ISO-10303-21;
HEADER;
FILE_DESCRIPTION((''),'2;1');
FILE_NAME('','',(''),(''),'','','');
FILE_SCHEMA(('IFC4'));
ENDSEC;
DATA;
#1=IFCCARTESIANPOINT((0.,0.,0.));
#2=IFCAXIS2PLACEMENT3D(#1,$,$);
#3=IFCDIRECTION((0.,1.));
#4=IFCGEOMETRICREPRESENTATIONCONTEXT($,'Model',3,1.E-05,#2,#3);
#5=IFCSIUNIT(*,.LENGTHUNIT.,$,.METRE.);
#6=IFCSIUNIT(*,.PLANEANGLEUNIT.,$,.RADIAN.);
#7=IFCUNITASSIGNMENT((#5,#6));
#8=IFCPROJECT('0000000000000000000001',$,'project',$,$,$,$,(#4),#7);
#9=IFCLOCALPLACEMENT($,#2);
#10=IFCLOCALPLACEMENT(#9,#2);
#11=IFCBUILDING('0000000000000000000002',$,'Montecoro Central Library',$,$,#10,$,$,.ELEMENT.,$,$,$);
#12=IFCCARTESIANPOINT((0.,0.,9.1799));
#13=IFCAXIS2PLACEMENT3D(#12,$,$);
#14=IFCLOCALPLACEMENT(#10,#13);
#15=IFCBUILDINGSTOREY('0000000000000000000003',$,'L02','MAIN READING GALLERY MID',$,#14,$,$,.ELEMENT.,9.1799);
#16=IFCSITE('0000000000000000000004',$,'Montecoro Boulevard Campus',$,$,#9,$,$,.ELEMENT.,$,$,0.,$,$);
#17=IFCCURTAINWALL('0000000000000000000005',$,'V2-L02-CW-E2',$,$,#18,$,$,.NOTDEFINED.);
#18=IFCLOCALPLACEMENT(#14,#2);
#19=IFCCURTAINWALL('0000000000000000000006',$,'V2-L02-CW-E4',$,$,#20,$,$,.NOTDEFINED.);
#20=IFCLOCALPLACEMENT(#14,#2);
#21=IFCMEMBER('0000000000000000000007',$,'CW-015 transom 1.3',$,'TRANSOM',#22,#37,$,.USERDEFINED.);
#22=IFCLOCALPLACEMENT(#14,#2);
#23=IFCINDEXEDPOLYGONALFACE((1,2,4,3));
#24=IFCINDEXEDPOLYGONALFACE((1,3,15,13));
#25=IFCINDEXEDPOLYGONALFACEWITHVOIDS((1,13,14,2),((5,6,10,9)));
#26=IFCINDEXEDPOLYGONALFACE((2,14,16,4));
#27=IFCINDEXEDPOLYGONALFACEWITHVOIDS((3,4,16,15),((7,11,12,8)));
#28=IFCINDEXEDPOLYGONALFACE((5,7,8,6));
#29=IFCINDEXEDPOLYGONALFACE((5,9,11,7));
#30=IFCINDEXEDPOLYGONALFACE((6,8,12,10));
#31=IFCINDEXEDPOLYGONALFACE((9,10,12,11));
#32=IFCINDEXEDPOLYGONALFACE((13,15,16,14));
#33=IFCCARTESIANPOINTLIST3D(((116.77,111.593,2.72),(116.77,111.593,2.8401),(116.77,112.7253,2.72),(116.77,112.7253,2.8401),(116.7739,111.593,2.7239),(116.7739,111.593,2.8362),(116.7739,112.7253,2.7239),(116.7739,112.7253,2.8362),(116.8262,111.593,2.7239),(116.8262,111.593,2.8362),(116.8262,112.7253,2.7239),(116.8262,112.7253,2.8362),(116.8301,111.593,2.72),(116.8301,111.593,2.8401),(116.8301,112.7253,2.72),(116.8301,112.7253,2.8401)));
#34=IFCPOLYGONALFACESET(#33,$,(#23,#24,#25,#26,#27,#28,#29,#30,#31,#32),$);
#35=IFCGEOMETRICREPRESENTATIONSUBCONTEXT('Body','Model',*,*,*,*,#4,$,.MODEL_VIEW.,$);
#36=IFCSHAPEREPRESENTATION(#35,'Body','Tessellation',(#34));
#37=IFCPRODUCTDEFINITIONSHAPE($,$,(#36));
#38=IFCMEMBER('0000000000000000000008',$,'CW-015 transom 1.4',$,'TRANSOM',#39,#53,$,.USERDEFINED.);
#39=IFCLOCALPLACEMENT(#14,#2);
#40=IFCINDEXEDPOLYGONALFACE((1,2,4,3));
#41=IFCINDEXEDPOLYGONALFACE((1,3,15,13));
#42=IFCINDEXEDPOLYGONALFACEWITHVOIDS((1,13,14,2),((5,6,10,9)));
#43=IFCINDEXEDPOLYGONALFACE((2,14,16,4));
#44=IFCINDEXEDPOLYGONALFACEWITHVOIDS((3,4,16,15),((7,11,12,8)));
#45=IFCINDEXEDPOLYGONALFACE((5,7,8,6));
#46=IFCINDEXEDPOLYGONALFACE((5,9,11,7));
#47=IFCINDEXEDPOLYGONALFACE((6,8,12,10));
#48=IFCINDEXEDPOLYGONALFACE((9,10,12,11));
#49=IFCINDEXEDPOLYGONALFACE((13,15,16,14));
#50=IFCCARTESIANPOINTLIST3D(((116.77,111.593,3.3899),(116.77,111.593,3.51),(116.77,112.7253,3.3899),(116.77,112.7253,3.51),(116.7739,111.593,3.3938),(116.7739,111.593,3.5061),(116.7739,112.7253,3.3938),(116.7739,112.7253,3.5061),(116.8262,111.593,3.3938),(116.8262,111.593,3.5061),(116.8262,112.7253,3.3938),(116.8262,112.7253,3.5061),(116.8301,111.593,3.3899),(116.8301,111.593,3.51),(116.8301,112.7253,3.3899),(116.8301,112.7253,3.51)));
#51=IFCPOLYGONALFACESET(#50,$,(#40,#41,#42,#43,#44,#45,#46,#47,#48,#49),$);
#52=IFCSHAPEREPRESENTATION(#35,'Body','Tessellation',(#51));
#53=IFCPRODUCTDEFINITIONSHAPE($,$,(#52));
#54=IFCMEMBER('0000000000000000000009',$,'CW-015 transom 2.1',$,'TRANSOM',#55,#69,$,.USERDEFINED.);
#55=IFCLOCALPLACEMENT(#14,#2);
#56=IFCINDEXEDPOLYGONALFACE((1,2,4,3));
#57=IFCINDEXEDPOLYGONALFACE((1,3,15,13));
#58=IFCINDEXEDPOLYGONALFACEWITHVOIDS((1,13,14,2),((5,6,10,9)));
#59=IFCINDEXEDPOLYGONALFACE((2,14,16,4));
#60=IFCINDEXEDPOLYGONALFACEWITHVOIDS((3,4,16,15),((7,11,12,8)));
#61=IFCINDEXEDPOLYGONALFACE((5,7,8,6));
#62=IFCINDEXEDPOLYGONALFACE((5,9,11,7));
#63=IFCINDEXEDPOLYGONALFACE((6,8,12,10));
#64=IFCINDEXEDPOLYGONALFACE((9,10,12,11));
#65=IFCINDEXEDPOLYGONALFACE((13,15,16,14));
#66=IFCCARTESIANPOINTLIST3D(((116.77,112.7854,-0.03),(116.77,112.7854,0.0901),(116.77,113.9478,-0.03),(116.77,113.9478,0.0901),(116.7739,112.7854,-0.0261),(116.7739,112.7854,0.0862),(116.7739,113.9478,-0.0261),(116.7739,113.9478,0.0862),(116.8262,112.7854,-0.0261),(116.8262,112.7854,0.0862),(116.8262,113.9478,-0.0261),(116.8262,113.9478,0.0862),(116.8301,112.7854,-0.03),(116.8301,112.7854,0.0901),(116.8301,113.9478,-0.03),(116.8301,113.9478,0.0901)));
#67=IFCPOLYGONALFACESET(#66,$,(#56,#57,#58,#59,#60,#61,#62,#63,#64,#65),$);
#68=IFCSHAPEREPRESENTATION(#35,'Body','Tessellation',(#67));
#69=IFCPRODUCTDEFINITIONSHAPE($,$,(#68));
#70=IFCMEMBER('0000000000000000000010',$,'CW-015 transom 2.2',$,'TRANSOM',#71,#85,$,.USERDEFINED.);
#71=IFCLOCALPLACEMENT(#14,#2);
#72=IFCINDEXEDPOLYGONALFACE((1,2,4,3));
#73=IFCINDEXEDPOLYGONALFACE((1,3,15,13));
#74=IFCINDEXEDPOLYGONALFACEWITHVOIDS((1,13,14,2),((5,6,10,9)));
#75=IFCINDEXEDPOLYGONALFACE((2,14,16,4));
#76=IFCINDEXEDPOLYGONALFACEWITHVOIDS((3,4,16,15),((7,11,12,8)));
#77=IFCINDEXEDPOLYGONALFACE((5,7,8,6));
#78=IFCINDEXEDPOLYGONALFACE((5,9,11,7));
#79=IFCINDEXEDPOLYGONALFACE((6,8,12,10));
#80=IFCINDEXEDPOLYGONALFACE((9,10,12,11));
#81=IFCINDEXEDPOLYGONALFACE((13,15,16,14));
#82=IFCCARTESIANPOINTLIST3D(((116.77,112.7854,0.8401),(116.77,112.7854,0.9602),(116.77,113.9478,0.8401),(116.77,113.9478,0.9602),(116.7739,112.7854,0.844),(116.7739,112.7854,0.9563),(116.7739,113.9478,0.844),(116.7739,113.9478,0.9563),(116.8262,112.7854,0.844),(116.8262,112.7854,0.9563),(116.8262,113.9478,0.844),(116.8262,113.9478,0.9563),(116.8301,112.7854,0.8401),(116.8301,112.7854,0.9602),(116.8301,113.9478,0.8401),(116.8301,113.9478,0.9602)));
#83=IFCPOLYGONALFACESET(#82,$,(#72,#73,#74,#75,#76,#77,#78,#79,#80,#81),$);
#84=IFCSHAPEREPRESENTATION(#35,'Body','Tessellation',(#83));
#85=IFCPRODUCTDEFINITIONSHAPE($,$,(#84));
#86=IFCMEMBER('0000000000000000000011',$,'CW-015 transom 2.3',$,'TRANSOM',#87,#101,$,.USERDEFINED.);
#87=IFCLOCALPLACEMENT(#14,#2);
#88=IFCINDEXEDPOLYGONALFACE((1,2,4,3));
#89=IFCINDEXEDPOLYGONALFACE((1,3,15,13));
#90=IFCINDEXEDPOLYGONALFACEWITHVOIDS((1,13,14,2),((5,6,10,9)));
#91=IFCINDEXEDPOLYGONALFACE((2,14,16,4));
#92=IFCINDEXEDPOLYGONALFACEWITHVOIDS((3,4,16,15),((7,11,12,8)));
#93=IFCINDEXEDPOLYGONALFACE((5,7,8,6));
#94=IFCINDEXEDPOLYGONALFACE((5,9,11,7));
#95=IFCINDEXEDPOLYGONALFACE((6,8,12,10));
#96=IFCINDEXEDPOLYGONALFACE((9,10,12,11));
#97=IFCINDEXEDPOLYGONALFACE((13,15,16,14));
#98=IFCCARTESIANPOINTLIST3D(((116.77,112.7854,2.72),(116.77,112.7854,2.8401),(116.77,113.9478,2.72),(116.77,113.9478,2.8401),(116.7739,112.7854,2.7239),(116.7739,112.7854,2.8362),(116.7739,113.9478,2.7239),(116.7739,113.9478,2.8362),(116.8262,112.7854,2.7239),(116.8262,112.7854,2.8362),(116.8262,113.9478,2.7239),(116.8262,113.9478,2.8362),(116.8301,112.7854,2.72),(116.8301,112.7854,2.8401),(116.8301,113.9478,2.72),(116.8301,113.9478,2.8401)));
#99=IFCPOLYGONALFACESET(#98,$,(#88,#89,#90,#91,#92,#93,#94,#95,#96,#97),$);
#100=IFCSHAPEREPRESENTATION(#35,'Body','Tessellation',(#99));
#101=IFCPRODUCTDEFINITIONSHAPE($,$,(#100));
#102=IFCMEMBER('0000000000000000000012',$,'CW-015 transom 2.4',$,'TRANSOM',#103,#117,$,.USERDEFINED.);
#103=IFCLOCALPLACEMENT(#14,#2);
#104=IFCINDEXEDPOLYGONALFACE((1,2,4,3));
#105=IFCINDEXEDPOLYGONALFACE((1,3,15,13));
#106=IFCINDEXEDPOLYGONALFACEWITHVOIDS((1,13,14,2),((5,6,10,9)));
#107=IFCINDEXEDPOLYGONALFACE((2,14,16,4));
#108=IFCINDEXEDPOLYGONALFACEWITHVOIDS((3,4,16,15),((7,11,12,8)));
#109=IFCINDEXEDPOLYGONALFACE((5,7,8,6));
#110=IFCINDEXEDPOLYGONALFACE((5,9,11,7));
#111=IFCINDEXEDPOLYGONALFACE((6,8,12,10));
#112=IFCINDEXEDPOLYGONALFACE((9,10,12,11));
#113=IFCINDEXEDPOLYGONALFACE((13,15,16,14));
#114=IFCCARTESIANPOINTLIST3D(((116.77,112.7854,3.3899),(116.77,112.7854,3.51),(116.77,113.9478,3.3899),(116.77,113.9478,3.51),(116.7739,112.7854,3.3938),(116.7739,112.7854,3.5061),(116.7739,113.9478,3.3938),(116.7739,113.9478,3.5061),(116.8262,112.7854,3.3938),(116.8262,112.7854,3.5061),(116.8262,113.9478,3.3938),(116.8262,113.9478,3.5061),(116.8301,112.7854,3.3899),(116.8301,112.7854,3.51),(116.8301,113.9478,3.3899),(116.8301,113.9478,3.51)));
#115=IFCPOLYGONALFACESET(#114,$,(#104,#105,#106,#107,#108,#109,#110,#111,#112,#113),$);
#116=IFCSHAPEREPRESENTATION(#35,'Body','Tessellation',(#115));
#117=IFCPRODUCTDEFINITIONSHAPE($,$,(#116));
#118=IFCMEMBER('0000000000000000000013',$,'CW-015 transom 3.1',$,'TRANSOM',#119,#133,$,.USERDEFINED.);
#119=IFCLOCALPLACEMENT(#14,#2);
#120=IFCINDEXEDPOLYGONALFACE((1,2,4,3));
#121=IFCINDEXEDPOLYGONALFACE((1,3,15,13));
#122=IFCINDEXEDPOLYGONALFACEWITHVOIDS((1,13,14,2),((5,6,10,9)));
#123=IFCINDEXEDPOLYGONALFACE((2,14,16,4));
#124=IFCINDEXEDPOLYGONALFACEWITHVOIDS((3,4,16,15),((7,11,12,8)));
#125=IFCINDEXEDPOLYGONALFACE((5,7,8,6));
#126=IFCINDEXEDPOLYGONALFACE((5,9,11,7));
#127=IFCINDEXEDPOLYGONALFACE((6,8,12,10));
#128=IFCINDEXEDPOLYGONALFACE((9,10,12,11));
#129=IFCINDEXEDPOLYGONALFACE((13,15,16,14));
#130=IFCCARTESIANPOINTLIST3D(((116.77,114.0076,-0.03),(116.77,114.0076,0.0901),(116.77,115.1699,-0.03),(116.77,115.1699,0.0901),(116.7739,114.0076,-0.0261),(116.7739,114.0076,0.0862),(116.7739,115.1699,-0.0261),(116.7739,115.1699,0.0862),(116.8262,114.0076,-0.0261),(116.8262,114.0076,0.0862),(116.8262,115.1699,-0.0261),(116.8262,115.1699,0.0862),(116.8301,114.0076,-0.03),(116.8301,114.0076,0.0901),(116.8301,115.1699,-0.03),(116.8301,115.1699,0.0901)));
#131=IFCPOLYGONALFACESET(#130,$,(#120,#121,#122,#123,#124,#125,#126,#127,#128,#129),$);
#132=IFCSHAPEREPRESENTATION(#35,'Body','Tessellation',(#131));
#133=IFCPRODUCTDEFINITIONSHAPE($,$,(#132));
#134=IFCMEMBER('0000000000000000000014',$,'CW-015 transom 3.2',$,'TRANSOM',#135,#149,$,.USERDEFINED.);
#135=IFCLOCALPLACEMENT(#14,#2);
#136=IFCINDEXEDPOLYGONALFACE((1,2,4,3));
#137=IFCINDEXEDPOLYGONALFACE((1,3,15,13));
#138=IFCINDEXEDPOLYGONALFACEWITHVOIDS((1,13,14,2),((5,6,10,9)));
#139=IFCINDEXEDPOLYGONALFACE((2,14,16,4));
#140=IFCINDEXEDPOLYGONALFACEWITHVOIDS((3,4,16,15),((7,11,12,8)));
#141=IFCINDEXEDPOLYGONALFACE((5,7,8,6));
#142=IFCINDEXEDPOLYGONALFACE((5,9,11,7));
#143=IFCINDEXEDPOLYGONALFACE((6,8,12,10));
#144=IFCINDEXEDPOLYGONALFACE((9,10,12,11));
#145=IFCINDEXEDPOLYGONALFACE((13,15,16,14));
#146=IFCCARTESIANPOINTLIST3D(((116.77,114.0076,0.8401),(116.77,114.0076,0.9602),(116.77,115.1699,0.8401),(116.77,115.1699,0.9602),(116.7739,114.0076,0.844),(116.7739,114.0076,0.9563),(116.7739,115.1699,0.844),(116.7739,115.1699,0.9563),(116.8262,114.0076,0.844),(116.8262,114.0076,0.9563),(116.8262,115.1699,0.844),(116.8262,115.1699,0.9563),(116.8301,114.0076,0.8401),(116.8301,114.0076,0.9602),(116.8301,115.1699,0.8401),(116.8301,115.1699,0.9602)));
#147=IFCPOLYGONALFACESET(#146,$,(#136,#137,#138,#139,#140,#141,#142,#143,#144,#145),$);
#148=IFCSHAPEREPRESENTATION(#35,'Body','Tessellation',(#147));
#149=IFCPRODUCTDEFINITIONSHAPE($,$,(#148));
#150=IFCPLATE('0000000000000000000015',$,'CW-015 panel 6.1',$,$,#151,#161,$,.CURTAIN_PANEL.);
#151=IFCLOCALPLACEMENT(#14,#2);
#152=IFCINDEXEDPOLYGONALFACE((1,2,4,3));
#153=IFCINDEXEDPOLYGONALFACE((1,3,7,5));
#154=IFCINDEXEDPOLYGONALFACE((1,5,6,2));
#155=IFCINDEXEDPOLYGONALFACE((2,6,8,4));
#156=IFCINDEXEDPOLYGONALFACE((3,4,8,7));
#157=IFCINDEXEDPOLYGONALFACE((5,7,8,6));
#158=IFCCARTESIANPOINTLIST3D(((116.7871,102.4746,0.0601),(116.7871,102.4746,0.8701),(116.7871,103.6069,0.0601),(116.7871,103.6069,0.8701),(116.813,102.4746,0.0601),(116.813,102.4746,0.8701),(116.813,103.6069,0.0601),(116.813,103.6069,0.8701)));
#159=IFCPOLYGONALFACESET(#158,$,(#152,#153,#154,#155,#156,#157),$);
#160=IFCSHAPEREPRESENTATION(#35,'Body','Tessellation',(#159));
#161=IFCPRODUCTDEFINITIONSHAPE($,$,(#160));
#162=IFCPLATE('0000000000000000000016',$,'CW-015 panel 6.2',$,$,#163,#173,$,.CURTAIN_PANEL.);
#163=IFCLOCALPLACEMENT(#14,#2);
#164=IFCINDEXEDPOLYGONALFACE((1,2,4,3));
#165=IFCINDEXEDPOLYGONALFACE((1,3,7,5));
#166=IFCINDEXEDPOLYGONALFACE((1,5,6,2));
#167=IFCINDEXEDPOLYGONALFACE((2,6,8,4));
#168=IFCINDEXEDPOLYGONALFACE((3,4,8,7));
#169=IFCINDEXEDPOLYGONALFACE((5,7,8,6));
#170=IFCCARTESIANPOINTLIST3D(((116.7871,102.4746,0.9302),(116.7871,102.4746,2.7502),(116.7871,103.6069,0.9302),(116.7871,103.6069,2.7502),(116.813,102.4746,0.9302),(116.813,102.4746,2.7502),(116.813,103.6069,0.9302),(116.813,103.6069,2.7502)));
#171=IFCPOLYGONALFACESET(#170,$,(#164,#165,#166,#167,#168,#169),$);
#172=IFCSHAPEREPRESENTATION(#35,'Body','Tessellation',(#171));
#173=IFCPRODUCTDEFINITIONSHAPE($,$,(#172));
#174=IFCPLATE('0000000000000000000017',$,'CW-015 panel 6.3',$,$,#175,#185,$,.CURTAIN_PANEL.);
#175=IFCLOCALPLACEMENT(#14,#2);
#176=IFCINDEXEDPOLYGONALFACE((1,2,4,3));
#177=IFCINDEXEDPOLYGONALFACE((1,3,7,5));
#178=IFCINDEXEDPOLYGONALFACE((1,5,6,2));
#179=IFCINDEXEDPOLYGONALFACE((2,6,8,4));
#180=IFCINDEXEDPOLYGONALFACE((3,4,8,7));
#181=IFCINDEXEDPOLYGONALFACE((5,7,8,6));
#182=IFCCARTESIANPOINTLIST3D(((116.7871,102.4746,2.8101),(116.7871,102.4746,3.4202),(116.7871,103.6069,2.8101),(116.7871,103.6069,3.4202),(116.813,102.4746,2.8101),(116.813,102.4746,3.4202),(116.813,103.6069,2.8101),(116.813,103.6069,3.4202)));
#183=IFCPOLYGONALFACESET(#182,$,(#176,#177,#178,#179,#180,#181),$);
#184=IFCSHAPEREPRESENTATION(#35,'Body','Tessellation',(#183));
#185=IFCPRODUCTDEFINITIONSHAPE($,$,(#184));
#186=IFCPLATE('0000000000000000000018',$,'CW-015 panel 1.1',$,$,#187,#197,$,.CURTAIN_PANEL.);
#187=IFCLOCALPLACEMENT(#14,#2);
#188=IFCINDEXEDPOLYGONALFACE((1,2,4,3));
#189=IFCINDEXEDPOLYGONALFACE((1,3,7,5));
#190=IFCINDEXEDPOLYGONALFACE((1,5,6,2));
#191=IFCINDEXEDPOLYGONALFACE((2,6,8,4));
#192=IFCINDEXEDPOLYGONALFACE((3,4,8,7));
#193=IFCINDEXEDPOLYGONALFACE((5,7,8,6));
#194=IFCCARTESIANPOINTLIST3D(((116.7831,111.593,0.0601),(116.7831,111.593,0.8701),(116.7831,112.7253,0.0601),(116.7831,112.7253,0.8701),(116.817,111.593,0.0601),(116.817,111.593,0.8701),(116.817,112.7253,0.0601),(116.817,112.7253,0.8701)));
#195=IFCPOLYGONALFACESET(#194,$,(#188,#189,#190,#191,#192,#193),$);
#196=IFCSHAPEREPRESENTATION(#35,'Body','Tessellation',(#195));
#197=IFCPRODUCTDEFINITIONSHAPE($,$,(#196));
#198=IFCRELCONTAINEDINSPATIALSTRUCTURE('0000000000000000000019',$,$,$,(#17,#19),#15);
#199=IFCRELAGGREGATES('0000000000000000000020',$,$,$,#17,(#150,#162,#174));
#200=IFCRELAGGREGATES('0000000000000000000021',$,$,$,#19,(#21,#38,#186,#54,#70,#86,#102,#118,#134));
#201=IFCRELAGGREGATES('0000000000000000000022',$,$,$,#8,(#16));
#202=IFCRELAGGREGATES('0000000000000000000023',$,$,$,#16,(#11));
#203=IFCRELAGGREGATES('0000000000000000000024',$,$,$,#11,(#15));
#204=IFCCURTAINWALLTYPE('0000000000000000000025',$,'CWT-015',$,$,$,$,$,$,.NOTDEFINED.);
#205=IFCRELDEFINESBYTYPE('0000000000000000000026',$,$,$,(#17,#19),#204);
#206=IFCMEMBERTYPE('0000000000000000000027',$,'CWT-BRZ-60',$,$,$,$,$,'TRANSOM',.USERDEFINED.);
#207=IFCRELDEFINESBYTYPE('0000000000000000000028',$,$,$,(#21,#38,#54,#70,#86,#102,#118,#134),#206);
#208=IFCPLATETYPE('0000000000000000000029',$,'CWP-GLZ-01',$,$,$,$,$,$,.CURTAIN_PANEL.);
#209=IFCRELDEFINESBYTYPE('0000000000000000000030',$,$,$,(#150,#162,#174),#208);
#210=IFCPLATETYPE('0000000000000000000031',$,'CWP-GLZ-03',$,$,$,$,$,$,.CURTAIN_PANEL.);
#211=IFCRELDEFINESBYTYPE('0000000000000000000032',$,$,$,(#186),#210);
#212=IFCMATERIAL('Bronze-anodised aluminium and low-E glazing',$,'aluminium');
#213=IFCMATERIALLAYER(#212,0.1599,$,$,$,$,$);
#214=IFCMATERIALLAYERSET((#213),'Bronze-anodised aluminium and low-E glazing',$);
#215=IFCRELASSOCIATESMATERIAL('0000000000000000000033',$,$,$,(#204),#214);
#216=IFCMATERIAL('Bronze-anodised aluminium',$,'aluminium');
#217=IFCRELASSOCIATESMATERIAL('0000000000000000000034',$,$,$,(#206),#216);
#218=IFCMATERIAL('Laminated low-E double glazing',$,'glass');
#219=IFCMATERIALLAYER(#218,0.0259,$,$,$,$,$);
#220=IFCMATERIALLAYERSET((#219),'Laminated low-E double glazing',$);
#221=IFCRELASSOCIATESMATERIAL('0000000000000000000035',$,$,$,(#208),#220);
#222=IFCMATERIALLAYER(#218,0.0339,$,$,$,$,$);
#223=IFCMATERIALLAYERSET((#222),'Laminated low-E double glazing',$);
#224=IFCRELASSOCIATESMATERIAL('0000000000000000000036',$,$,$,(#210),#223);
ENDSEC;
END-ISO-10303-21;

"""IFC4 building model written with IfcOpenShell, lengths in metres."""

from ifc_helpers import new_model, si_unit, direction, frame, origin, origin_2d, place, context, subcontext, project, spatial, rectangle, hollow_rectangle, extrude, material, layer, layer_set, material_profile, profile_set, type_object, element, aggregate, save


model = new_model("IFC4")

# Units and contexts
model_context = context("Model", 3, precision=1e-05, world=origin(), true_north=direction((0.0, 1.0)))
body_context = subcontext(model_context, "Body", "Model", "MODEL_VIEW")
ifc_project = project(units=[si_unit("LENGTHUNIT", "METRE"), si_unit("PLANEANGLEUNIT", "RADIAN")], contexts=[model_context])

# Site, building, storey
site_placement = place(None, origin())
site = spatial("IfcSite", under=ifc_project, at=site_placement, Name="Montecoro Boulevard Campus", CompositionType="ELEMENT", RefElevation=0.0)
building_placement = place(site_placement, origin())
building = spatial("IfcBuilding", under=site, at=building_placement, Name="Montecoro Central Library", CompositionType="ELEMENT")
storey_placement = place(building_placement, frame((0.0, 0.0, 9.1799)))
storey = spatial("IfcBuildingStorey", under=building, at=storey_placement, Name="L02", Description="MAIN READING GALLERY MID", CompositionType="ELEMENT", Elevation=9.1799)

# Curtain wall
ifc_material_1 = material(Name="Bronze-anodised aluminium and low-E glazing", Category="aluminium")
ifc_layer_1 = layer(ifc_material_1, 0.1599)
ifc_layer_set_1 = layer_set([ifc_layer_1], Name="Bronze-anodised aluminium and low-E glazing")
curtain_wall_type = type_object("IfcCurtainWallType", Name="CWT-015", PredefinedType="NOTDEFINED", material=ifc_layer_set_1)
curtain_wall_1_placement = place(storey_placement, origin())
curtain_wall_1 = element("IfcCurtainWall", 1, at=curtain_wall_1_placement, inside=storey, type_object=curtain_wall_type, Name="V2-L02-CW-E2", PredefinedType="NOTDEFINED")
ifc_material_2 = material(Name="Bronze-anodised aluminium", Category="aluminium")

# Curtain wall, members
curtain_wall_2_placement = place(storey_placement, origin())
curtain_wall_2 = element("IfcCurtainWall", 2, at=curtain_wall_2_placement, inside=storey, type_object=curtain_wall_type, Name="V2-L02-CW-E4", PredefinedType="NOTDEFINED")
ifc_material_profile_1 = material_profile(ifc_material_2, hollow_rectangle(XDim=0.0601, YDim=0.1201, WallThickness=0.0039, at=origin_2d()), Name="CWT 120x60x4.0")
ifc_profile_set_1 = profile_set([ifc_material_profile_1], Name="Bronze-anodised aluminium")
member_type_1 = type_object("IfcMemberType", Name="CWT-BRZ-60", ElementType="TRANSOM", PredefinedType="USERDEFINED", material=ifc_profile_set_1)
member_1_placement = place(storey_placement, frame((116.8, 111.593, 2.78), z_axis=(0.0, 1.0, 0.0), x_axis=(-1.0, 0.0, 0.0)))
member_1 = element("IfcMember", 3, at=member_1_placement, type_object=member_type_1, Name="CW-015 transom 1.3", ObjectType="TRANSOM", PredefinedType="USERDEFINED", context=body_context, shape_type="SweptSolid", body=[
    extrude(hollow_rectangle(XDim=0.0601, YDim=0.1201, WallThickness=0.0039, at=origin_2d()), origin(), (0.0, 0.0, 1.0), 1.1323),
])
member_2_placement = place(storey_placement, frame((116.8, 111.593, 3.45), z_axis=(0.0, 1.0, 0.0), x_axis=(-1.0, 0.0, 0.0)))
member_2 = element("IfcMember", 4, at=member_2_placement, type_object=member_type_1, Name="CW-015 transom 1.4", ObjectType="TRANSOM", PredefinedType="USERDEFINED", context=body_context, shape_type="SweptSolid", body=[
    extrude(hollow_rectangle(XDim=0.0601, YDim=0.1201, WallThickness=0.0039, at=origin_2d()), origin(), (0.0, 0.0, 1.0), 1.1323),
])
member_3_placement = place(storey_placement, frame((116.8, 112.7854, 0.03), z_axis=(0.0, 1.0, 0.0), x_axis=(-1.0, 0.0, 0.0)))
member_3 = element("IfcMember", 5, at=member_3_placement, type_object=member_type_1, Name="CW-015 transom 2.1", ObjectType="TRANSOM", PredefinedType="USERDEFINED", context=body_context, shape_type="SweptSolid", body=[
    extrude(hollow_rectangle(XDim=0.0601, YDim=0.1201, WallThickness=0.0039, at=origin_2d()), origin(), (0.0, 0.0, 1.0), 1.1624),
])
member_4_placement = place(storey_placement, frame((116.8, 112.7854, 0.9001), z_axis=(0.0, 1.0, 0.0), x_axis=(-1.0, 0.0, 0.0)))
member_4 = element("IfcMember", 6, at=member_4_placement, type_object=member_type_1, Name="CW-015 transom 2.2", ObjectType="TRANSOM", PredefinedType="USERDEFINED", context=body_context, shape_type="SweptSolid", body=[
    extrude(hollow_rectangle(XDim=0.0601, YDim=0.1201, WallThickness=0.0039, at=origin_2d()), origin(), (0.0, 0.0, 1.0), 1.1624),
])
member_5_placement = place(storey_placement, frame((116.8, 112.7854, 2.78), z_axis=(0.0, 1.0, 0.0), x_axis=(-1.0, 0.0, 0.0)))
member_5 = element("IfcMember", 7, at=member_5_placement, type_object=member_type_1, Name="CW-015 transom 2.3", ObjectType="TRANSOM", PredefinedType="USERDEFINED", context=body_context, shape_type="SweptSolid", body=[
    extrude(hollow_rectangle(XDim=0.0601, YDim=0.1201, WallThickness=0.0039, at=origin_2d()), origin(), (0.0, 0.0, 1.0), 1.1624),
])
member_6_placement = place(storey_placement, frame((116.8, 112.7854, 3.45), z_axis=(0.0, 1.0, 0.0), x_axis=(-1.0, 0.0, 0.0)))
member_6 = element("IfcMember", 8, at=member_6_placement, type_object=member_type_1, Name="CW-015 transom 2.4", ObjectType="TRANSOM", PredefinedType="USERDEFINED", context=body_context, shape_type="SweptSolid", body=[
    extrude(hollow_rectangle(XDim=0.0601, YDim=0.1201, WallThickness=0.0039, at=origin_2d()), origin(), (0.0, 0.0, 1.0), 1.1624),
])
member_7_placement = place(storey_placement, frame((116.8, 114.0076, 0.03), z_axis=(0.0, 1.0, 0.0), x_axis=(-1.0, 0.0, 0.0)))
member_7 = element("IfcMember", 9, at=member_7_placement, type_object=member_type_1, Name="CW-015 transom 3.1", ObjectType="TRANSOM", PredefinedType="USERDEFINED", context=body_context, shape_type="SweptSolid", body=[
    extrude(hollow_rectangle(XDim=0.0601, YDim=0.1201, WallThickness=0.0039, at=origin_2d()), origin(), (0.0, 0.0, 1.0), 1.1624),
])
member_8_placement = place(storey_placement, frame((116.8, 114.0076, 0.9001), z_axis=(0.0, 1.0, 0.0), x_axis=(-1.0, 0.0, 0.0)))
member_8 = element("IfcMember", 10, at=member_8_placement, type_object=member_type_1, Name="CW-015 transom 3.2", ObjectType="TRANSOM", PredefinedType="USERDEFINED", context=body_context, shape_type="SweptSolid", body=[
    extrude(hollow_rectangle(XDim=0.0601, YDim=0.1201, WallThickness=0.0039, at=origin_2d()), origin(), (0.0, 0.0, 1.0), 1.1624),
])

# Plates
ifc_material_3 = material(Name="Laminated low-E double glazing", Category="glass")
ifc_layer_2 = layer(ifc_material_3, 0.0259)
ifc_layer_set_2 = layer_set([ifc_layer_2], Name="Laminated low-E double glazing")
plate_type_1 = type_object("IfcPlateType", Name="CWP-GLZ-01", PredefinedType="CURTAIN_PANEL", material=ifc_layer_set_2)
plate_1_placement = place(storey_placement, frame((116.8, 103.0408, 0.0601), z_axis=(0.0, 0.0, 1.0), x_axis=(0.0, 1.0, 0.0)))
plate_1 = element("IfcPlate", 11, at=plate_1_placement, type_object=plate_type_1, Name="CW-015 panel 6.1", PredefinedType="CURTAIN_PANEL", context=body_context, shape_type="SweptSolid", body=[
    extrude(rectangle(XDim=1.1323, YDim=0.0259, at=origin_2d()), origin(), (0.0, 0.0, 1.0), 0.8101),
])
plate_2_placement = place(storey_placement, frame((116.8, 103.0408, 0.9302), z_axis=(0.0, 0.0, 1.0), x_axis=(0.0, 1.0, 0.0)))
plate_2 = element("IfcPlate", 12, at=plate_2_placement, type_object=plate_type_1, Name="CW-015 panel 6.2", PredefinedType="CURTAIN_PANEL", context=body_context, shape_type="SweptSolid", body=[
    extrude(rectangle(XDim=1.1323, YDim=0.0259, at=origin_2d()), origin(), (0.0, 0.0, 1.0), 1.8201),
])
plate_3_placement = place(storey_placement, frame((116.8, 103.0408, 2.8101), z_axis=(0.0, 0.0, 1.0), x_axis=(0.0, 1.0, 0.0)))
plate_3 = element("IfcPlate", 13, at=plate_3_placement, type_object=plate_type_1, Name="CW-015 panel 6.3", PredefinedType="CURTAIN_PANEL", context=body_context, shape_type="SweptSolid", body=[
    extrude(rectangle(XDim=1.1323, YDim=0.0259, at=origin_2d()), origin(), (0.0, 0.0, 1.0), 0.6101),
])
aggregate(curtain_wall_1, [plate_1, plate_2, plate_3])
ifc_layer_3 = layer(ifc_material_3, 0.0339)
ifc_layer_set_3 = layer_set([ifc_layer_3], Name="Laminated low-E double glazing")
plate_type_2 = type_object("IfcPlateType", Name="CWP-GLZ-03", PredefinedType="CURTAIN_PANEL", material=ifc_layer_set_3)
plate_4_placement = place(storey_placement, frame((116.8, 112.1592, 0.0601), z_axis=(0.0, 0.0, 1.0), x_axis=(0.0, 1.0, 0.0)))
plate_4 = element("IfcPlate", 14, at=plate_4_placement, type_object=plate_type_2, Name="CW-015 panel 1.1", PredefinedType="CURTAIN_PANEL", context=body_context, shape_type="SweptSolid", body=[
    extrude(rectangle(XDim=1.1323, YDim=0.0339, at=origin_2d()), origin(), (0.0, 0.0, 1.0), 0.8101),
])
aggregate(curtain_wall_2, [member_1, member_2, plate_4, member_3, member_4, member_5, member_6, member_7, member_8])

save(model, "model.ifc")
